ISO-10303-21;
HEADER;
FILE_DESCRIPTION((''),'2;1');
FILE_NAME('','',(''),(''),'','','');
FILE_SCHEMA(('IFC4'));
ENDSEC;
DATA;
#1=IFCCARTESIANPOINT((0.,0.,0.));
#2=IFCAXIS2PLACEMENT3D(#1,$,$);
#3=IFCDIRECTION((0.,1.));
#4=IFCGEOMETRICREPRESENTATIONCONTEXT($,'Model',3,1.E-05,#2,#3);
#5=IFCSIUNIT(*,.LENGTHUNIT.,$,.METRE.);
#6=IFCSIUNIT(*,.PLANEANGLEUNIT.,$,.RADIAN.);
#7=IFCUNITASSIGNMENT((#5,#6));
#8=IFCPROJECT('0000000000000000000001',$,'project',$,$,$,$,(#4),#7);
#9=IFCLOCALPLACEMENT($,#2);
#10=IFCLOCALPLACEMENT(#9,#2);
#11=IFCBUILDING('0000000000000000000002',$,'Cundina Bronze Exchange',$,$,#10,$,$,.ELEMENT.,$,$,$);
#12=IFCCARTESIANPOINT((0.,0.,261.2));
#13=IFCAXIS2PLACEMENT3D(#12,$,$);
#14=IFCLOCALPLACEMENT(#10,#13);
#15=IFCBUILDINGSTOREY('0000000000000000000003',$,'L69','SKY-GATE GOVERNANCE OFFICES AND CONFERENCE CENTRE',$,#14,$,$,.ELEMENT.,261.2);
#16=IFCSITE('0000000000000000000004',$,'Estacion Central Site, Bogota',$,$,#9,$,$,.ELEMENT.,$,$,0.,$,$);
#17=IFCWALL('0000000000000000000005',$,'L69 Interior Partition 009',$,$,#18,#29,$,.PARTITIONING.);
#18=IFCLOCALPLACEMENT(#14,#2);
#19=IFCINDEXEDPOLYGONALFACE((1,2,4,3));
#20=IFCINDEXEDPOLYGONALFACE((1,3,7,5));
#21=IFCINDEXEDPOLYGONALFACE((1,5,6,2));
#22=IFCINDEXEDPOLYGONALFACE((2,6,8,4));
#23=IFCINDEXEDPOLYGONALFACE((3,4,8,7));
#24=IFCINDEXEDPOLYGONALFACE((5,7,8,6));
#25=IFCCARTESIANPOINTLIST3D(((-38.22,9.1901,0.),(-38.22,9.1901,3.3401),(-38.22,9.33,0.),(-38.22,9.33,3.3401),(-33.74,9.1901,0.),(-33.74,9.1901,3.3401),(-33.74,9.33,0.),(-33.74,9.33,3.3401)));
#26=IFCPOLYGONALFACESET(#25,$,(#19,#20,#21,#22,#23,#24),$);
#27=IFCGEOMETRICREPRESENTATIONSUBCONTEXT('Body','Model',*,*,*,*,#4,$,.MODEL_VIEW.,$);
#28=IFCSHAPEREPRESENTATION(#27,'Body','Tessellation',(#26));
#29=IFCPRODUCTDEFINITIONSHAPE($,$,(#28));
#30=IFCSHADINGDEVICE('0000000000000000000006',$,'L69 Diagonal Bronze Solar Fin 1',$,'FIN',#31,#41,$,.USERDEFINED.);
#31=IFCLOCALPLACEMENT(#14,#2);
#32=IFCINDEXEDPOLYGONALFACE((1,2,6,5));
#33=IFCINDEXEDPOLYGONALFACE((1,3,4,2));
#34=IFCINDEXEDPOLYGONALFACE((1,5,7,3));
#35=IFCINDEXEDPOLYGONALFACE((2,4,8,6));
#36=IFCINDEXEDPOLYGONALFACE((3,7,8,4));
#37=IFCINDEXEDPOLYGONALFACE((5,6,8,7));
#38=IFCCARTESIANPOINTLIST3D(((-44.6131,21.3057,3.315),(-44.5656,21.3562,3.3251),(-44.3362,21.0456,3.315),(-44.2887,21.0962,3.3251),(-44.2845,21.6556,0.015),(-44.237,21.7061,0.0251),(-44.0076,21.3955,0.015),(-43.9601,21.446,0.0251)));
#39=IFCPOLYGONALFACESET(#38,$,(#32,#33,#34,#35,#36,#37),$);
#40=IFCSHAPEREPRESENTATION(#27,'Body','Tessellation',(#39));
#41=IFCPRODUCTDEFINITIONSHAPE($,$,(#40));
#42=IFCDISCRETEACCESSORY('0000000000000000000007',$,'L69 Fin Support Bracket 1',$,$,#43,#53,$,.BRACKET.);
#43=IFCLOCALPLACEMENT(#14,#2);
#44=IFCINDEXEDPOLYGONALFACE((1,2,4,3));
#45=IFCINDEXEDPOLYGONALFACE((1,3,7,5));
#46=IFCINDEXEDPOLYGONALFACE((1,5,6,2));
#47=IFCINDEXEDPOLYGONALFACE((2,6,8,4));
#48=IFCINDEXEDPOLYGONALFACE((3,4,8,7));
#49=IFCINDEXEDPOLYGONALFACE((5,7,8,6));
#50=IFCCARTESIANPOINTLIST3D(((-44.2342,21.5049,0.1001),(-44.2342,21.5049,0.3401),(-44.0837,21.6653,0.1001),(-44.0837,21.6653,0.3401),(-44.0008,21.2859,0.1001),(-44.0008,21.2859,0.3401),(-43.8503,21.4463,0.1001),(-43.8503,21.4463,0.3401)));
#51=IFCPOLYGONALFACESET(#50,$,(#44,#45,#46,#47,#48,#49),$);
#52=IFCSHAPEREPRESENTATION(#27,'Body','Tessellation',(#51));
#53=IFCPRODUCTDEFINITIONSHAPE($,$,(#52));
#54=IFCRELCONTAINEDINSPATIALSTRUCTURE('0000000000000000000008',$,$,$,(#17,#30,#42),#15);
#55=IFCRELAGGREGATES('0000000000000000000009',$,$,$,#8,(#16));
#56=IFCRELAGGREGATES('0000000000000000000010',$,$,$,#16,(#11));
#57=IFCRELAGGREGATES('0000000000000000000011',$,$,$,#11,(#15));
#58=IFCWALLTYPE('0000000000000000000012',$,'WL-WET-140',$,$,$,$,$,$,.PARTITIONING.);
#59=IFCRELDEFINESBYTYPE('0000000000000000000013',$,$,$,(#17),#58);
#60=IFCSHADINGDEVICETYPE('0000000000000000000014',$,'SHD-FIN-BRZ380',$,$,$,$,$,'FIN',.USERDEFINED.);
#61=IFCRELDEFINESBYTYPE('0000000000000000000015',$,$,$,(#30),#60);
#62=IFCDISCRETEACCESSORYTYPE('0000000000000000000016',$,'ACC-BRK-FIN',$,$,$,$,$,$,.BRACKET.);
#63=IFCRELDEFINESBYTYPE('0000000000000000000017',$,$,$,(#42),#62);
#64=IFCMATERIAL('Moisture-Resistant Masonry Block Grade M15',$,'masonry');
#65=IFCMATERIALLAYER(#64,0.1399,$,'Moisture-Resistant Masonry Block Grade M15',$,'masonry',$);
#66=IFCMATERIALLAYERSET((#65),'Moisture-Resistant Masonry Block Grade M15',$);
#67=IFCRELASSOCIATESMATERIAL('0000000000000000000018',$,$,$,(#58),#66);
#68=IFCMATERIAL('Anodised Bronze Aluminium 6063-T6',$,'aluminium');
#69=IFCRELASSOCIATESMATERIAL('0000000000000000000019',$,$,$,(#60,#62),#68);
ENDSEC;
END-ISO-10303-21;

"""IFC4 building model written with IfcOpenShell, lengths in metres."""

from ifc_helpers import new_model, si_unit, direction, frame, frame_2d, origin, origin_2d, place, context, subcontext, project, spatial, rectangle, extrude, material, layer, layer_set, material_profile, profile_set, type_object, element, save


model = new_model("IFC4")

# Units and contexts
model_context = context("Model", 3, precision=1e-05, world=origin(), true_north=direction((0.0, 1.0)))
body_context = subcontext(model_context, "Body", "Model", "MODEL_VIEW")
ifc_project = project(units=[si_unit("LENGTHUNIT", "METRE"), si_unit("PLANEANGLEUNIT", "RADIAN")], contexts=[model_context])

# Site, building, storey
site_placement = place(None, origin())
site = spatial("IfcSite", under=ifc_project, at=site_placement, Name="Estacion Central Site, Bogota", CompositionType="ELEMENT", RefElevation=0.0)
building_placement = place(site_placement, origin())
building = spatial("IfcBuilding", under=site, at=building_placement, Name="Cundina Bronze Exchange", CompositionType="ELEMENT")
storey_placement = place(building_placement, frame((0.0, 0.0, 261.2)))
storey = spatial("IfcBuildingStorey", under=building, at=storey_placement, Name="L69", Description="SKY-GATE GOVERNANCE OFFICES AND CONFERENCE CENTRE", CompositionType="ELEMENT", Elevation=261.2)

# Shared definitions
ifc_material_1 = material(Name="Anodised Bronze Aluminium 6063-T6", Category="aluminium")

# Wall
ifc_material_2 = material(Name="Moisture-Resistant Masonry Block Grade M15", Category="masonry")
ifc_layer_1 = layer(ifc_material_2, 0.1399, Name="Moisture-Resistant Masonry Block Grade M15", Category="masonry")
ifc_layer_set_1 = layer_set([ifc_layer_1], Name="Moisture-Resistant Masonry Block Grade M15")
wall_type_1 = type_object("IfcWallType", Name="WL-WET-140", PredefinedType="PARTITIONING", material=ifc_layer_set_1)
for number, where, z_axis, x_axis, name in (
    (1, (-38.22, 9.26, 0.0), (0.0, 0.0, 1.0), (1.0, 0.0, 0.0), "L69 Interior Partition 009"),
):
    element("IfcWall", number, at=place(storey_placement, frame(where, z_axis=z_axis, x_axis=x_axis)), inside=storey, type_object=wall_type_1, Name=name, PredefinedType="PARTITIONING", context=body_context, shape_type="SweptSolid", body=[
        extrude(rectangle(XDim=4.48, YDim=0.1399, at=frame_2d((2.24, 0.0))), origin(), (0.0, 0.0, 1.0), 3.3401),
    ])

# Shading device
ifc_material_profile_1 = material_profile(ifc_material_1, rectangle(XDim=0.0701, YDim=0.3799, at=origin_2d()), Name="FIN70X380", Category="aluminium")
ifc_profile_set_1 = profile_set([ifc_material_profile_1], Name="Anodised Bronze Aluminium 6063-T6")
shading_device_type = type_object("IfcShadingDeviceType", Name="SHD-FIN-BRZ380", ElementType="FIN", PredefinedType="USERDEFINED", material=ifc_profile_set_1)
shading_device_placement = place(storey_placement, frame((-44.1223, 21.5508, 0.02), z_axis=(-0.098541, -0.104911, 0.989587), x_axis=(0.677506, 0.721297, 0.143933)))
element("IfcShadingDevice", 2, at=shading_device_placement, inside=storey, type_object=shading_device_type, Name="L69 Diagonal Bronze Solar Fin 1", ObjectType="FIN", PredefinedType="USERDEFINED", context=body_context, shape_type="SweptSolid", body=[
    extrude(rectangle(XDim=0.0701, YDim=0.3799, at=origin_2d()), origin(), (0.0, 0.0, 1.0), 3.3347),
])

# Discrete accessory
discrete_accessory_type = type_object("IfcDiscreteAccessoryType", Name="ACC-BRK-FIN", PredefinedType="BRACKET", material=ifc_material_1)
discrete_accessory_placement = place(storey_placement, frame((-44.0422, 21.4756, 0.1001), z_axis=(0.0, 0.0, 1.0), x_axis=(-0.684344, -0.72916, 0.0)))
element("IfcDiscreteAccessory", 3, at=discrete_accessory_placement, inside=storey, type_object=discrete_accessory_type, Name="L69 Fin Support Bracket 1", PredefinedType="BRACKET", context=body_context, shape_type="SweptSolid", body=[
    extrude(rectangle(XDim=0.22, YDim=0.3201, at=origin_2d()), origin(), (0.0, 0.0, 1.0), 0.24),
])

save(model, "model.ifc")
